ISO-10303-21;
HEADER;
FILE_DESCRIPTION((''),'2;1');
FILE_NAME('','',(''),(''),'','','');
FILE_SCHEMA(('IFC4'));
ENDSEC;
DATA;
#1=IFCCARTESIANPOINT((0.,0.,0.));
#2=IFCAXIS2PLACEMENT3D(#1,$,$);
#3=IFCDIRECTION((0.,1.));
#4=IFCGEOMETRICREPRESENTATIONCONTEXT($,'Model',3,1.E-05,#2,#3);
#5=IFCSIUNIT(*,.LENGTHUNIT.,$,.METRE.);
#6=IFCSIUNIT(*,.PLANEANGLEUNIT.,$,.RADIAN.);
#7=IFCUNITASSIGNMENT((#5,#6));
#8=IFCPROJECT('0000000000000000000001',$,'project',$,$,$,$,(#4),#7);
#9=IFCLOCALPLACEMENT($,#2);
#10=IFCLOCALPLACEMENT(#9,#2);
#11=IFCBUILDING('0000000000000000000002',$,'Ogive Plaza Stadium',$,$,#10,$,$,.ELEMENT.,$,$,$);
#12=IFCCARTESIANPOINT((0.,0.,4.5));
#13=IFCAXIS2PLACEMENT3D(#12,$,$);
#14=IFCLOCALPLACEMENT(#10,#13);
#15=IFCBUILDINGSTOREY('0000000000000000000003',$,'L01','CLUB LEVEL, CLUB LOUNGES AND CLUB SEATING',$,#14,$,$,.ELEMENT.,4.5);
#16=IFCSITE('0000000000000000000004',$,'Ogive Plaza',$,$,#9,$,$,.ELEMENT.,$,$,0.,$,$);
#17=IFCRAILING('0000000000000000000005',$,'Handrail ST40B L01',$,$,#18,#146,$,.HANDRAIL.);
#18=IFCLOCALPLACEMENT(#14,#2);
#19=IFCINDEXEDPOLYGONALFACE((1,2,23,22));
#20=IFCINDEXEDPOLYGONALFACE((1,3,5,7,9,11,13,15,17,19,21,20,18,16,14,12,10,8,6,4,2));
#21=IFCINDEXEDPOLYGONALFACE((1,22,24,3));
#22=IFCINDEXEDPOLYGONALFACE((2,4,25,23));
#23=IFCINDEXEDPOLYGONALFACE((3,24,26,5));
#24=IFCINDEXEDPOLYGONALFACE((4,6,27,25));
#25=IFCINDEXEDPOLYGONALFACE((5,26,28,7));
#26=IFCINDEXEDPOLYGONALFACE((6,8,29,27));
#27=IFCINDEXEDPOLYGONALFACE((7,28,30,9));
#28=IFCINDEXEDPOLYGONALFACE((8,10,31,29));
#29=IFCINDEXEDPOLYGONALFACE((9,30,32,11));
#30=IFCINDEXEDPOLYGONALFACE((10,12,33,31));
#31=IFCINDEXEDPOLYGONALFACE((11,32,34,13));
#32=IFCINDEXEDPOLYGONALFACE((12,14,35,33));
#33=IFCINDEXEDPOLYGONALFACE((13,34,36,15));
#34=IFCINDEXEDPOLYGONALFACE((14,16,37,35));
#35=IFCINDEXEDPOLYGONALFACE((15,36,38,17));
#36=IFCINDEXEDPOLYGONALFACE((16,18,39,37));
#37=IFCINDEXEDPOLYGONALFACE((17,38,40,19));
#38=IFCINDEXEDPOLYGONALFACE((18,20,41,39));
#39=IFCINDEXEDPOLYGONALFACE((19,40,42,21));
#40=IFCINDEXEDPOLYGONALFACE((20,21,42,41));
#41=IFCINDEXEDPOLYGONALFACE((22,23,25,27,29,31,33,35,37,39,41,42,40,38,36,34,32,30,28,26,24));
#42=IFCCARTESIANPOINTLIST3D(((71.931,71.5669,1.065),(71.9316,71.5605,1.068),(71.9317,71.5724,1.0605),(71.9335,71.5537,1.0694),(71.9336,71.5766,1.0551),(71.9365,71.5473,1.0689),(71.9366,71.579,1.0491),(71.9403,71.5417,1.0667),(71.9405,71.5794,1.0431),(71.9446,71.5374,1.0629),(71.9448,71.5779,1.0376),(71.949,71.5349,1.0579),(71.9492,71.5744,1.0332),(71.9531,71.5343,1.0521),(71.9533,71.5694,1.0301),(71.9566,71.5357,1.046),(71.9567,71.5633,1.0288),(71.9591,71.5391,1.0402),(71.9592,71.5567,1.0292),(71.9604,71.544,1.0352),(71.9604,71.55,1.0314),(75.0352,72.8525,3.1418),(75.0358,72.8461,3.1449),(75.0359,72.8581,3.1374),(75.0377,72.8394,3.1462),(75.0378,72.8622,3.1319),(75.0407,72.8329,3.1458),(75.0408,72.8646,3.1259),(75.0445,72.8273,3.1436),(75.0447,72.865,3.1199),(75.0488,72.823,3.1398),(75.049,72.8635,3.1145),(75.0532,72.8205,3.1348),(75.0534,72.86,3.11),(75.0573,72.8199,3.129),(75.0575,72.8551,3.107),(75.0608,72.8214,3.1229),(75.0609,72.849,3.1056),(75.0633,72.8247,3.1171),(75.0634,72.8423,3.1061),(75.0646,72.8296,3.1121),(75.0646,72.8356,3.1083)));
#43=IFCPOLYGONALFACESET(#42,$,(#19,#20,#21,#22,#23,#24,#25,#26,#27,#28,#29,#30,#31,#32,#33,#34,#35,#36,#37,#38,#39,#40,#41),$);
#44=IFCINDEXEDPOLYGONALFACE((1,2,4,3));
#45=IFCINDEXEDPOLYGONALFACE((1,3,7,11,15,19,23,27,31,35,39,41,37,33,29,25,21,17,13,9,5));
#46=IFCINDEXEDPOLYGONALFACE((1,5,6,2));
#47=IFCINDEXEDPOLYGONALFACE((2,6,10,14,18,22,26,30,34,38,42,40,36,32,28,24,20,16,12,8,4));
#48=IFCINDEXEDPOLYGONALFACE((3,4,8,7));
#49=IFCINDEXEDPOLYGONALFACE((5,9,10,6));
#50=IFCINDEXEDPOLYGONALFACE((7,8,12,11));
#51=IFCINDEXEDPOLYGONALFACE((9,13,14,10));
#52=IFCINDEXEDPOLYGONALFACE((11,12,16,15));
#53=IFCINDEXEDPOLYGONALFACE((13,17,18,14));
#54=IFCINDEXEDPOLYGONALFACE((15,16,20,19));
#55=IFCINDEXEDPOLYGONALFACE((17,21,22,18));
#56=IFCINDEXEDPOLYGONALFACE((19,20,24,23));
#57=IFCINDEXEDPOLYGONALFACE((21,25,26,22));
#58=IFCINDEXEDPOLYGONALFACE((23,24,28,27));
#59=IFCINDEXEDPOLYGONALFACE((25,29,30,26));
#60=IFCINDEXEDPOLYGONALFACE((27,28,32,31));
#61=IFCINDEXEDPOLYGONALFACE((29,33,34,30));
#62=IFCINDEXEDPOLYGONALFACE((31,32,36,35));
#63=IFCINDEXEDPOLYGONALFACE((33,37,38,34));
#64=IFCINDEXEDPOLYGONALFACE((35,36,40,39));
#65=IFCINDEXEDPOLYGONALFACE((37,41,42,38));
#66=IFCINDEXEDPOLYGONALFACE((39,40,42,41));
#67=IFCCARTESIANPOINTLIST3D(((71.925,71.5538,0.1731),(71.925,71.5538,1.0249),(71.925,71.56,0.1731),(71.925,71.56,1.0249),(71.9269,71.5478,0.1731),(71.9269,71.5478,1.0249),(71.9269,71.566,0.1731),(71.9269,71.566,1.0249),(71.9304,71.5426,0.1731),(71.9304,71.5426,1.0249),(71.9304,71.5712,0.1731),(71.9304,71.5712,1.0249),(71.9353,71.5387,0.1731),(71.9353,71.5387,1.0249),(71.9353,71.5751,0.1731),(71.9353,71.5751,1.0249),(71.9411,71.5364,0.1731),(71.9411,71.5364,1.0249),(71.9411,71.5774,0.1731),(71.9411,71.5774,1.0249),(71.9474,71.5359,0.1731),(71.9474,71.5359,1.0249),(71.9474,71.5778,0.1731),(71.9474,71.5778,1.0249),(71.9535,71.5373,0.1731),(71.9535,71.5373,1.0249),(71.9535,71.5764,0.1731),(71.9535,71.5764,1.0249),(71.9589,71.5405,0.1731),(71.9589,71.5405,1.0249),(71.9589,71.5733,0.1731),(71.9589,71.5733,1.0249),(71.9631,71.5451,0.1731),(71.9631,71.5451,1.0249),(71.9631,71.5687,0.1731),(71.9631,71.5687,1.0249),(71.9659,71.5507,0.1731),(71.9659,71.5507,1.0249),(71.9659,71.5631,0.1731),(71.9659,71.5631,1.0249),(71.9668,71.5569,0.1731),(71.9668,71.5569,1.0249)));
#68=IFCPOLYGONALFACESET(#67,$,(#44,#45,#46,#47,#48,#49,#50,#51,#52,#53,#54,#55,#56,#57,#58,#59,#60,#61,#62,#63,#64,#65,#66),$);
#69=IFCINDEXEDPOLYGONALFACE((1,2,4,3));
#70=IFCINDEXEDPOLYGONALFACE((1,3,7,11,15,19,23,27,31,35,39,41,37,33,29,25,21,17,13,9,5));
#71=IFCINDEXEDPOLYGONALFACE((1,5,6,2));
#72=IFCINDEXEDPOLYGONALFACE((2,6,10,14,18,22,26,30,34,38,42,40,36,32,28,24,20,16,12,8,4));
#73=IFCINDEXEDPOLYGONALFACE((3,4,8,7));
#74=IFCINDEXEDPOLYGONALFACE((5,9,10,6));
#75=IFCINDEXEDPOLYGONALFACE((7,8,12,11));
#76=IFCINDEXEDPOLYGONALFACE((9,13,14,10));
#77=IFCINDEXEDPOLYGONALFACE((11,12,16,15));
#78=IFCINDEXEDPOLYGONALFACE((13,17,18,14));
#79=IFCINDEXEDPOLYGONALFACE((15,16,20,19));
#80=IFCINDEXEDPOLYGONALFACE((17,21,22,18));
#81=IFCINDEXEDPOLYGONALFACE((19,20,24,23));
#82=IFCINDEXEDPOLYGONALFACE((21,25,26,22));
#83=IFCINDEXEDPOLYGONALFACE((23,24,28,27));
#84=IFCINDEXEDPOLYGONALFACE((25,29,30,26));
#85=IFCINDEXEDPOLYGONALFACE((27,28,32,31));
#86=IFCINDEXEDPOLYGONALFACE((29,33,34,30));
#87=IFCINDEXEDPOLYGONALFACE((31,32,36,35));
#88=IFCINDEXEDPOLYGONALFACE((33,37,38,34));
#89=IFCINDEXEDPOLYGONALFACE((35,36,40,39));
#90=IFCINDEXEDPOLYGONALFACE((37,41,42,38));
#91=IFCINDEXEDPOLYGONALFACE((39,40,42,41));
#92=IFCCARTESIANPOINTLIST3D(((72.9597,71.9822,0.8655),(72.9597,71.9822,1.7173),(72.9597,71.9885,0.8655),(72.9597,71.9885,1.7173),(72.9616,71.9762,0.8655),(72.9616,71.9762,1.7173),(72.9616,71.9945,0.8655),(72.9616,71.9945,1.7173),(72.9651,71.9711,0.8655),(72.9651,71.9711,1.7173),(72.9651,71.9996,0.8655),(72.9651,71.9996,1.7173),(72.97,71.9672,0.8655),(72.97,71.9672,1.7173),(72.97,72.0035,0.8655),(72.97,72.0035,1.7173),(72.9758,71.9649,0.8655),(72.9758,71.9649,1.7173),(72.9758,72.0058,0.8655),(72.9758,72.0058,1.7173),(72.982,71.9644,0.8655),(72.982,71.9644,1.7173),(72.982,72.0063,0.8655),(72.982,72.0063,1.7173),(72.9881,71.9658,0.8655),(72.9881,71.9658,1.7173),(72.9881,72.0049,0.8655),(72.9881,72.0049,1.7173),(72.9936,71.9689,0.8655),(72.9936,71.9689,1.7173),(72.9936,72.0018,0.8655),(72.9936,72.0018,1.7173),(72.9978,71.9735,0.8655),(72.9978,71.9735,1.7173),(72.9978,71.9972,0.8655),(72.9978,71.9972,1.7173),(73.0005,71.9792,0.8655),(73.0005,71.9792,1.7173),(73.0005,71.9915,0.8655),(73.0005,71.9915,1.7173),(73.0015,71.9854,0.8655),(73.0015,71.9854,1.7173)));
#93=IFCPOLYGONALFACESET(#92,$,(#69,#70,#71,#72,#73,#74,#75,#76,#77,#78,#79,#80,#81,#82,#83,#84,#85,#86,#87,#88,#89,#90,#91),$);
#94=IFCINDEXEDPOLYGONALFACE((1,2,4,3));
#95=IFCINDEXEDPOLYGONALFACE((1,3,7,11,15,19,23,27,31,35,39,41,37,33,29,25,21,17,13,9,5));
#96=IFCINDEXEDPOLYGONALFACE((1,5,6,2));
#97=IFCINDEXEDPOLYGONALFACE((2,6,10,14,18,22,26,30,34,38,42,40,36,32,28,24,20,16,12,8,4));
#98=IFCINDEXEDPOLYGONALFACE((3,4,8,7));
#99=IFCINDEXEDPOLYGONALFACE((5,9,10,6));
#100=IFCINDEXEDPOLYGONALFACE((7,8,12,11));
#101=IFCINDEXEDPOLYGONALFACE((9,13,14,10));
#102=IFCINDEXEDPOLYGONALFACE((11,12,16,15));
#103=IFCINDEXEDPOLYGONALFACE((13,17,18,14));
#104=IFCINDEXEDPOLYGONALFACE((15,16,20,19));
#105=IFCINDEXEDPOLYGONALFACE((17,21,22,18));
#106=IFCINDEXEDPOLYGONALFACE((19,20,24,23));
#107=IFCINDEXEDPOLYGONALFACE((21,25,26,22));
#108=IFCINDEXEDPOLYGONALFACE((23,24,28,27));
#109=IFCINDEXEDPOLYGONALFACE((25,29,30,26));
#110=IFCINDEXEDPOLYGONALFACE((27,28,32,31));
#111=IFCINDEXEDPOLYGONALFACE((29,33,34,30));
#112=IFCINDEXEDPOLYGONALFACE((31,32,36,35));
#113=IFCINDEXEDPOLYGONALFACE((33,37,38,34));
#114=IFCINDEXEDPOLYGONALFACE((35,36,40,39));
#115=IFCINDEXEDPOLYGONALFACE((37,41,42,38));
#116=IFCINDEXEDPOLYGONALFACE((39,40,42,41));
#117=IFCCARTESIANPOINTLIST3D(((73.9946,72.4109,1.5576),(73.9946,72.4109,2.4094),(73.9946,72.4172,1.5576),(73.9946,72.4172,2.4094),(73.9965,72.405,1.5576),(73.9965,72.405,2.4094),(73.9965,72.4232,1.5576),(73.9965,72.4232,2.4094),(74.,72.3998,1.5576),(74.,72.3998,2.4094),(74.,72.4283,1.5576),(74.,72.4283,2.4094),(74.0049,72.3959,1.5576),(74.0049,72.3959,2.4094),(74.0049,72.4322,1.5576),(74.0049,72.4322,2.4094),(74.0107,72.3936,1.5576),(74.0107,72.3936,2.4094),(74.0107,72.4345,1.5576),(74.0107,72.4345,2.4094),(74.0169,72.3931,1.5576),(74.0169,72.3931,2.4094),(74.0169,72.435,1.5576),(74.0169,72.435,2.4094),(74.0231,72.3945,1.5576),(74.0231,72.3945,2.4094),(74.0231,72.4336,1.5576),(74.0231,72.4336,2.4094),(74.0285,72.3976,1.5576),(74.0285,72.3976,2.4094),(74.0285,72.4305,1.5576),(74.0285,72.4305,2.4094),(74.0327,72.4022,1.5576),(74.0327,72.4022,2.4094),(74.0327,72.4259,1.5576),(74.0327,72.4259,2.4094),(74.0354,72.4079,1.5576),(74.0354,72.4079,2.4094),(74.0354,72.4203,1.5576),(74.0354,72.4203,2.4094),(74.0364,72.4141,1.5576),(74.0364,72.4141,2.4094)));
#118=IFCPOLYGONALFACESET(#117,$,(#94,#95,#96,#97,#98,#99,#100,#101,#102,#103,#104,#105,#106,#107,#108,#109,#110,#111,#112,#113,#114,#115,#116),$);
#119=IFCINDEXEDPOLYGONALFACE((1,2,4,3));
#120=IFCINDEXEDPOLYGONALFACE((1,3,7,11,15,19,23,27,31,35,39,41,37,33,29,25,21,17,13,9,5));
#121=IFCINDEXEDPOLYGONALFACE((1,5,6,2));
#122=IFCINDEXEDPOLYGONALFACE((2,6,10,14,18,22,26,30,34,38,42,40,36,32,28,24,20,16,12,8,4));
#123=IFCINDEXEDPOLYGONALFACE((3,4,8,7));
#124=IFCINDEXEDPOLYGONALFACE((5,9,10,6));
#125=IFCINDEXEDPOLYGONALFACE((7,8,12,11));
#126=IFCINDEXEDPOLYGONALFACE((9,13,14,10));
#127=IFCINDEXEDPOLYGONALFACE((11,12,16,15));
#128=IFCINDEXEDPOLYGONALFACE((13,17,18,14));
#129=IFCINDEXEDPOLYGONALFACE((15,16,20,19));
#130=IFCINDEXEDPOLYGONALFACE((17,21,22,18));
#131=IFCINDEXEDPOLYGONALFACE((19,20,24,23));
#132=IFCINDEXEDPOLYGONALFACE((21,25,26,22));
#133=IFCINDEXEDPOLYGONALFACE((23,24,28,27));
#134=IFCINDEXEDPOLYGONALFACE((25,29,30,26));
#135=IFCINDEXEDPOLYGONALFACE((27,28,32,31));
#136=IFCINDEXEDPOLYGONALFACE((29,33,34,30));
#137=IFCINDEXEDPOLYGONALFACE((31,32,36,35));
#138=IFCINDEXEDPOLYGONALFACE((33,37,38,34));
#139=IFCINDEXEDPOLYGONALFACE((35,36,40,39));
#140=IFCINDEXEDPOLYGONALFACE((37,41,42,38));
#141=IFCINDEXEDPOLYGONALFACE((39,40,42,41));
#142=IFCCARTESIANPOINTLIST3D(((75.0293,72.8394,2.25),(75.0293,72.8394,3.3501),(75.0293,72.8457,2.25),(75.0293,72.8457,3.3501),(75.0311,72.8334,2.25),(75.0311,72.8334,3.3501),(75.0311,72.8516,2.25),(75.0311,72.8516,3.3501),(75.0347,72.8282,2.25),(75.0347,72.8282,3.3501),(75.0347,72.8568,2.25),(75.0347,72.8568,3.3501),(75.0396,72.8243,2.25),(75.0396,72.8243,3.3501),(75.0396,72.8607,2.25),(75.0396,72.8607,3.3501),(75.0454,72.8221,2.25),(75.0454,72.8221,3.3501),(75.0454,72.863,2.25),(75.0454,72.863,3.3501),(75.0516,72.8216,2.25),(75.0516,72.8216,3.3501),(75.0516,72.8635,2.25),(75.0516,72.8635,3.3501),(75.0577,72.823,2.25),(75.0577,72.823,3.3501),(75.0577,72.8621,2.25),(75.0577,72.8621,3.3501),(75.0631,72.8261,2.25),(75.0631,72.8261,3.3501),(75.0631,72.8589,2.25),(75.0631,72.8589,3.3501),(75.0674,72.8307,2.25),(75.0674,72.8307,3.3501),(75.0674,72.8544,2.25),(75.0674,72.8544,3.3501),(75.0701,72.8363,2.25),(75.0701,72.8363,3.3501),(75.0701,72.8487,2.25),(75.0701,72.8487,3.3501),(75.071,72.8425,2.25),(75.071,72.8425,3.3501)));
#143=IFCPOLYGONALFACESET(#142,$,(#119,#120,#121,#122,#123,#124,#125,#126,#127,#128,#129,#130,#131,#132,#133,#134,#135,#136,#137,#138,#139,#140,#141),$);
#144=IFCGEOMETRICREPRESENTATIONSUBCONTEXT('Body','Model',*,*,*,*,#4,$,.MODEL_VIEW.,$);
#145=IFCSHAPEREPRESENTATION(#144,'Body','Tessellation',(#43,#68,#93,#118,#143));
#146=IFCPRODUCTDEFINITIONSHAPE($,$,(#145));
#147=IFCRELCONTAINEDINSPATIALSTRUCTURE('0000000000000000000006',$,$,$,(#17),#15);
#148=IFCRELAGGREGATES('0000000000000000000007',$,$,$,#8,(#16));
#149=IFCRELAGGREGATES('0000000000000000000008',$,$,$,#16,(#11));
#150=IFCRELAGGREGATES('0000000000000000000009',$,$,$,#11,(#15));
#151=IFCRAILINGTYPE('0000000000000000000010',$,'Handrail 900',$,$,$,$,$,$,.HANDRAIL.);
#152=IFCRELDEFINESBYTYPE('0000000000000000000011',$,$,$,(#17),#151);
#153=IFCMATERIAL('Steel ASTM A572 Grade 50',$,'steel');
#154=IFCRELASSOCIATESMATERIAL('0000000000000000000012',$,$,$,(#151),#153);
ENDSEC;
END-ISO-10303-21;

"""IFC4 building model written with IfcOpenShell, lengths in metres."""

from ifc_helpers import new_model, si_unit, direction, frame, origin, origin_2d, place, context, subcontext, project, spatial, circle, extrude, material, type_object, element, save


model = new_model("IFC4")

# Units and contexts
model_context = context("Model", 3, precision=1e-05, world=origin(), true_north=direction((0.0, 1.0)))
body_context = subcontext(model_context, "Body", "Model", "MODEL_VIEW")
ifc_project = project(units=[si_unit("LENGTHUNIT", "METRE"), si_unit("PLANEANGLEUNIT", "RADIAN")], contexts=[model_context])

# Site, building, storey
site_placement = place(None, origin())
site = spatial("IfcSite", under=ifc_project, at=site_placement, Name="Ogive Plaza", CompositionType="ELEMENT", RefElevation=0.0)
building_placement = place(site_placement, origin())
building = spatial("IfcBuilding", under=site, at=building_placement, Name="Ogive Plaza Stadium", CompositionType="ELEMENT")
storey_placement = place(building_placement, frame((0.0, 0.0, 4.5)))
storey = spatial("IfcBuildingStorey", under=building, at=storey_placement, Name="L01", Description="CLUB LEVEL, CLUB LOUNGES AND CLUB SEATING", CompositionType="ELEMENT", Elevation=4.5)

# Railing
ifc_material_1 = material(Name="Steel ASTM A572 Grade 50", Category="steel")
railing_type_1 = type_object("IfcRailingType", Name="Handrail 900", PredefinedType="HANDRAIL", material=ifc_material_1)
railing_1_placement = place(storey_placement, frame((71.9458, 71.5569, 0.1731)))
element("IfcRailing", 1, at=railing_1_placement, inside=storey, type_object=railing_type_1, Name="Handrail ST40B L01", PredefinedType="HANDRAIL", context=body_context, shape_type="SweptSolid", body=[
    extrude(circle(Radius=0.0239, at=origin_2d()), frame((0.0, 0.0, 0.876), z_axis=(0.785879, 0.325477, 0.525794), x_axis=(-0.382638, 0.923898, 0.0)), (0.0, 0.0, 1.0), 3.95),
    extrude(circle(Radius=0.021, at=origin_2d()), origin(), (0.0, 0.0, 1.0), 0.8518),
    extrude(circle(Radius=0.021, at=origin_2d()), frame((1.0347, 0.4285, 0.6924)), (0.0, 0.0, 1.0), 0.8518),
    extrude(circle(Radius=0.021, at=origin_2d()), frame((2.0696, 0.8572, 1.3845)), (0.0, 0.0, 1.0), 0.8518),
    extrude(circle(Radius=0.021, at=origin_2d()), frame((3.1042, 1.2856, 2.0769)), (0.0, 0.0, 1.0), 1.1001),
])

save(model, "model.ifc")
